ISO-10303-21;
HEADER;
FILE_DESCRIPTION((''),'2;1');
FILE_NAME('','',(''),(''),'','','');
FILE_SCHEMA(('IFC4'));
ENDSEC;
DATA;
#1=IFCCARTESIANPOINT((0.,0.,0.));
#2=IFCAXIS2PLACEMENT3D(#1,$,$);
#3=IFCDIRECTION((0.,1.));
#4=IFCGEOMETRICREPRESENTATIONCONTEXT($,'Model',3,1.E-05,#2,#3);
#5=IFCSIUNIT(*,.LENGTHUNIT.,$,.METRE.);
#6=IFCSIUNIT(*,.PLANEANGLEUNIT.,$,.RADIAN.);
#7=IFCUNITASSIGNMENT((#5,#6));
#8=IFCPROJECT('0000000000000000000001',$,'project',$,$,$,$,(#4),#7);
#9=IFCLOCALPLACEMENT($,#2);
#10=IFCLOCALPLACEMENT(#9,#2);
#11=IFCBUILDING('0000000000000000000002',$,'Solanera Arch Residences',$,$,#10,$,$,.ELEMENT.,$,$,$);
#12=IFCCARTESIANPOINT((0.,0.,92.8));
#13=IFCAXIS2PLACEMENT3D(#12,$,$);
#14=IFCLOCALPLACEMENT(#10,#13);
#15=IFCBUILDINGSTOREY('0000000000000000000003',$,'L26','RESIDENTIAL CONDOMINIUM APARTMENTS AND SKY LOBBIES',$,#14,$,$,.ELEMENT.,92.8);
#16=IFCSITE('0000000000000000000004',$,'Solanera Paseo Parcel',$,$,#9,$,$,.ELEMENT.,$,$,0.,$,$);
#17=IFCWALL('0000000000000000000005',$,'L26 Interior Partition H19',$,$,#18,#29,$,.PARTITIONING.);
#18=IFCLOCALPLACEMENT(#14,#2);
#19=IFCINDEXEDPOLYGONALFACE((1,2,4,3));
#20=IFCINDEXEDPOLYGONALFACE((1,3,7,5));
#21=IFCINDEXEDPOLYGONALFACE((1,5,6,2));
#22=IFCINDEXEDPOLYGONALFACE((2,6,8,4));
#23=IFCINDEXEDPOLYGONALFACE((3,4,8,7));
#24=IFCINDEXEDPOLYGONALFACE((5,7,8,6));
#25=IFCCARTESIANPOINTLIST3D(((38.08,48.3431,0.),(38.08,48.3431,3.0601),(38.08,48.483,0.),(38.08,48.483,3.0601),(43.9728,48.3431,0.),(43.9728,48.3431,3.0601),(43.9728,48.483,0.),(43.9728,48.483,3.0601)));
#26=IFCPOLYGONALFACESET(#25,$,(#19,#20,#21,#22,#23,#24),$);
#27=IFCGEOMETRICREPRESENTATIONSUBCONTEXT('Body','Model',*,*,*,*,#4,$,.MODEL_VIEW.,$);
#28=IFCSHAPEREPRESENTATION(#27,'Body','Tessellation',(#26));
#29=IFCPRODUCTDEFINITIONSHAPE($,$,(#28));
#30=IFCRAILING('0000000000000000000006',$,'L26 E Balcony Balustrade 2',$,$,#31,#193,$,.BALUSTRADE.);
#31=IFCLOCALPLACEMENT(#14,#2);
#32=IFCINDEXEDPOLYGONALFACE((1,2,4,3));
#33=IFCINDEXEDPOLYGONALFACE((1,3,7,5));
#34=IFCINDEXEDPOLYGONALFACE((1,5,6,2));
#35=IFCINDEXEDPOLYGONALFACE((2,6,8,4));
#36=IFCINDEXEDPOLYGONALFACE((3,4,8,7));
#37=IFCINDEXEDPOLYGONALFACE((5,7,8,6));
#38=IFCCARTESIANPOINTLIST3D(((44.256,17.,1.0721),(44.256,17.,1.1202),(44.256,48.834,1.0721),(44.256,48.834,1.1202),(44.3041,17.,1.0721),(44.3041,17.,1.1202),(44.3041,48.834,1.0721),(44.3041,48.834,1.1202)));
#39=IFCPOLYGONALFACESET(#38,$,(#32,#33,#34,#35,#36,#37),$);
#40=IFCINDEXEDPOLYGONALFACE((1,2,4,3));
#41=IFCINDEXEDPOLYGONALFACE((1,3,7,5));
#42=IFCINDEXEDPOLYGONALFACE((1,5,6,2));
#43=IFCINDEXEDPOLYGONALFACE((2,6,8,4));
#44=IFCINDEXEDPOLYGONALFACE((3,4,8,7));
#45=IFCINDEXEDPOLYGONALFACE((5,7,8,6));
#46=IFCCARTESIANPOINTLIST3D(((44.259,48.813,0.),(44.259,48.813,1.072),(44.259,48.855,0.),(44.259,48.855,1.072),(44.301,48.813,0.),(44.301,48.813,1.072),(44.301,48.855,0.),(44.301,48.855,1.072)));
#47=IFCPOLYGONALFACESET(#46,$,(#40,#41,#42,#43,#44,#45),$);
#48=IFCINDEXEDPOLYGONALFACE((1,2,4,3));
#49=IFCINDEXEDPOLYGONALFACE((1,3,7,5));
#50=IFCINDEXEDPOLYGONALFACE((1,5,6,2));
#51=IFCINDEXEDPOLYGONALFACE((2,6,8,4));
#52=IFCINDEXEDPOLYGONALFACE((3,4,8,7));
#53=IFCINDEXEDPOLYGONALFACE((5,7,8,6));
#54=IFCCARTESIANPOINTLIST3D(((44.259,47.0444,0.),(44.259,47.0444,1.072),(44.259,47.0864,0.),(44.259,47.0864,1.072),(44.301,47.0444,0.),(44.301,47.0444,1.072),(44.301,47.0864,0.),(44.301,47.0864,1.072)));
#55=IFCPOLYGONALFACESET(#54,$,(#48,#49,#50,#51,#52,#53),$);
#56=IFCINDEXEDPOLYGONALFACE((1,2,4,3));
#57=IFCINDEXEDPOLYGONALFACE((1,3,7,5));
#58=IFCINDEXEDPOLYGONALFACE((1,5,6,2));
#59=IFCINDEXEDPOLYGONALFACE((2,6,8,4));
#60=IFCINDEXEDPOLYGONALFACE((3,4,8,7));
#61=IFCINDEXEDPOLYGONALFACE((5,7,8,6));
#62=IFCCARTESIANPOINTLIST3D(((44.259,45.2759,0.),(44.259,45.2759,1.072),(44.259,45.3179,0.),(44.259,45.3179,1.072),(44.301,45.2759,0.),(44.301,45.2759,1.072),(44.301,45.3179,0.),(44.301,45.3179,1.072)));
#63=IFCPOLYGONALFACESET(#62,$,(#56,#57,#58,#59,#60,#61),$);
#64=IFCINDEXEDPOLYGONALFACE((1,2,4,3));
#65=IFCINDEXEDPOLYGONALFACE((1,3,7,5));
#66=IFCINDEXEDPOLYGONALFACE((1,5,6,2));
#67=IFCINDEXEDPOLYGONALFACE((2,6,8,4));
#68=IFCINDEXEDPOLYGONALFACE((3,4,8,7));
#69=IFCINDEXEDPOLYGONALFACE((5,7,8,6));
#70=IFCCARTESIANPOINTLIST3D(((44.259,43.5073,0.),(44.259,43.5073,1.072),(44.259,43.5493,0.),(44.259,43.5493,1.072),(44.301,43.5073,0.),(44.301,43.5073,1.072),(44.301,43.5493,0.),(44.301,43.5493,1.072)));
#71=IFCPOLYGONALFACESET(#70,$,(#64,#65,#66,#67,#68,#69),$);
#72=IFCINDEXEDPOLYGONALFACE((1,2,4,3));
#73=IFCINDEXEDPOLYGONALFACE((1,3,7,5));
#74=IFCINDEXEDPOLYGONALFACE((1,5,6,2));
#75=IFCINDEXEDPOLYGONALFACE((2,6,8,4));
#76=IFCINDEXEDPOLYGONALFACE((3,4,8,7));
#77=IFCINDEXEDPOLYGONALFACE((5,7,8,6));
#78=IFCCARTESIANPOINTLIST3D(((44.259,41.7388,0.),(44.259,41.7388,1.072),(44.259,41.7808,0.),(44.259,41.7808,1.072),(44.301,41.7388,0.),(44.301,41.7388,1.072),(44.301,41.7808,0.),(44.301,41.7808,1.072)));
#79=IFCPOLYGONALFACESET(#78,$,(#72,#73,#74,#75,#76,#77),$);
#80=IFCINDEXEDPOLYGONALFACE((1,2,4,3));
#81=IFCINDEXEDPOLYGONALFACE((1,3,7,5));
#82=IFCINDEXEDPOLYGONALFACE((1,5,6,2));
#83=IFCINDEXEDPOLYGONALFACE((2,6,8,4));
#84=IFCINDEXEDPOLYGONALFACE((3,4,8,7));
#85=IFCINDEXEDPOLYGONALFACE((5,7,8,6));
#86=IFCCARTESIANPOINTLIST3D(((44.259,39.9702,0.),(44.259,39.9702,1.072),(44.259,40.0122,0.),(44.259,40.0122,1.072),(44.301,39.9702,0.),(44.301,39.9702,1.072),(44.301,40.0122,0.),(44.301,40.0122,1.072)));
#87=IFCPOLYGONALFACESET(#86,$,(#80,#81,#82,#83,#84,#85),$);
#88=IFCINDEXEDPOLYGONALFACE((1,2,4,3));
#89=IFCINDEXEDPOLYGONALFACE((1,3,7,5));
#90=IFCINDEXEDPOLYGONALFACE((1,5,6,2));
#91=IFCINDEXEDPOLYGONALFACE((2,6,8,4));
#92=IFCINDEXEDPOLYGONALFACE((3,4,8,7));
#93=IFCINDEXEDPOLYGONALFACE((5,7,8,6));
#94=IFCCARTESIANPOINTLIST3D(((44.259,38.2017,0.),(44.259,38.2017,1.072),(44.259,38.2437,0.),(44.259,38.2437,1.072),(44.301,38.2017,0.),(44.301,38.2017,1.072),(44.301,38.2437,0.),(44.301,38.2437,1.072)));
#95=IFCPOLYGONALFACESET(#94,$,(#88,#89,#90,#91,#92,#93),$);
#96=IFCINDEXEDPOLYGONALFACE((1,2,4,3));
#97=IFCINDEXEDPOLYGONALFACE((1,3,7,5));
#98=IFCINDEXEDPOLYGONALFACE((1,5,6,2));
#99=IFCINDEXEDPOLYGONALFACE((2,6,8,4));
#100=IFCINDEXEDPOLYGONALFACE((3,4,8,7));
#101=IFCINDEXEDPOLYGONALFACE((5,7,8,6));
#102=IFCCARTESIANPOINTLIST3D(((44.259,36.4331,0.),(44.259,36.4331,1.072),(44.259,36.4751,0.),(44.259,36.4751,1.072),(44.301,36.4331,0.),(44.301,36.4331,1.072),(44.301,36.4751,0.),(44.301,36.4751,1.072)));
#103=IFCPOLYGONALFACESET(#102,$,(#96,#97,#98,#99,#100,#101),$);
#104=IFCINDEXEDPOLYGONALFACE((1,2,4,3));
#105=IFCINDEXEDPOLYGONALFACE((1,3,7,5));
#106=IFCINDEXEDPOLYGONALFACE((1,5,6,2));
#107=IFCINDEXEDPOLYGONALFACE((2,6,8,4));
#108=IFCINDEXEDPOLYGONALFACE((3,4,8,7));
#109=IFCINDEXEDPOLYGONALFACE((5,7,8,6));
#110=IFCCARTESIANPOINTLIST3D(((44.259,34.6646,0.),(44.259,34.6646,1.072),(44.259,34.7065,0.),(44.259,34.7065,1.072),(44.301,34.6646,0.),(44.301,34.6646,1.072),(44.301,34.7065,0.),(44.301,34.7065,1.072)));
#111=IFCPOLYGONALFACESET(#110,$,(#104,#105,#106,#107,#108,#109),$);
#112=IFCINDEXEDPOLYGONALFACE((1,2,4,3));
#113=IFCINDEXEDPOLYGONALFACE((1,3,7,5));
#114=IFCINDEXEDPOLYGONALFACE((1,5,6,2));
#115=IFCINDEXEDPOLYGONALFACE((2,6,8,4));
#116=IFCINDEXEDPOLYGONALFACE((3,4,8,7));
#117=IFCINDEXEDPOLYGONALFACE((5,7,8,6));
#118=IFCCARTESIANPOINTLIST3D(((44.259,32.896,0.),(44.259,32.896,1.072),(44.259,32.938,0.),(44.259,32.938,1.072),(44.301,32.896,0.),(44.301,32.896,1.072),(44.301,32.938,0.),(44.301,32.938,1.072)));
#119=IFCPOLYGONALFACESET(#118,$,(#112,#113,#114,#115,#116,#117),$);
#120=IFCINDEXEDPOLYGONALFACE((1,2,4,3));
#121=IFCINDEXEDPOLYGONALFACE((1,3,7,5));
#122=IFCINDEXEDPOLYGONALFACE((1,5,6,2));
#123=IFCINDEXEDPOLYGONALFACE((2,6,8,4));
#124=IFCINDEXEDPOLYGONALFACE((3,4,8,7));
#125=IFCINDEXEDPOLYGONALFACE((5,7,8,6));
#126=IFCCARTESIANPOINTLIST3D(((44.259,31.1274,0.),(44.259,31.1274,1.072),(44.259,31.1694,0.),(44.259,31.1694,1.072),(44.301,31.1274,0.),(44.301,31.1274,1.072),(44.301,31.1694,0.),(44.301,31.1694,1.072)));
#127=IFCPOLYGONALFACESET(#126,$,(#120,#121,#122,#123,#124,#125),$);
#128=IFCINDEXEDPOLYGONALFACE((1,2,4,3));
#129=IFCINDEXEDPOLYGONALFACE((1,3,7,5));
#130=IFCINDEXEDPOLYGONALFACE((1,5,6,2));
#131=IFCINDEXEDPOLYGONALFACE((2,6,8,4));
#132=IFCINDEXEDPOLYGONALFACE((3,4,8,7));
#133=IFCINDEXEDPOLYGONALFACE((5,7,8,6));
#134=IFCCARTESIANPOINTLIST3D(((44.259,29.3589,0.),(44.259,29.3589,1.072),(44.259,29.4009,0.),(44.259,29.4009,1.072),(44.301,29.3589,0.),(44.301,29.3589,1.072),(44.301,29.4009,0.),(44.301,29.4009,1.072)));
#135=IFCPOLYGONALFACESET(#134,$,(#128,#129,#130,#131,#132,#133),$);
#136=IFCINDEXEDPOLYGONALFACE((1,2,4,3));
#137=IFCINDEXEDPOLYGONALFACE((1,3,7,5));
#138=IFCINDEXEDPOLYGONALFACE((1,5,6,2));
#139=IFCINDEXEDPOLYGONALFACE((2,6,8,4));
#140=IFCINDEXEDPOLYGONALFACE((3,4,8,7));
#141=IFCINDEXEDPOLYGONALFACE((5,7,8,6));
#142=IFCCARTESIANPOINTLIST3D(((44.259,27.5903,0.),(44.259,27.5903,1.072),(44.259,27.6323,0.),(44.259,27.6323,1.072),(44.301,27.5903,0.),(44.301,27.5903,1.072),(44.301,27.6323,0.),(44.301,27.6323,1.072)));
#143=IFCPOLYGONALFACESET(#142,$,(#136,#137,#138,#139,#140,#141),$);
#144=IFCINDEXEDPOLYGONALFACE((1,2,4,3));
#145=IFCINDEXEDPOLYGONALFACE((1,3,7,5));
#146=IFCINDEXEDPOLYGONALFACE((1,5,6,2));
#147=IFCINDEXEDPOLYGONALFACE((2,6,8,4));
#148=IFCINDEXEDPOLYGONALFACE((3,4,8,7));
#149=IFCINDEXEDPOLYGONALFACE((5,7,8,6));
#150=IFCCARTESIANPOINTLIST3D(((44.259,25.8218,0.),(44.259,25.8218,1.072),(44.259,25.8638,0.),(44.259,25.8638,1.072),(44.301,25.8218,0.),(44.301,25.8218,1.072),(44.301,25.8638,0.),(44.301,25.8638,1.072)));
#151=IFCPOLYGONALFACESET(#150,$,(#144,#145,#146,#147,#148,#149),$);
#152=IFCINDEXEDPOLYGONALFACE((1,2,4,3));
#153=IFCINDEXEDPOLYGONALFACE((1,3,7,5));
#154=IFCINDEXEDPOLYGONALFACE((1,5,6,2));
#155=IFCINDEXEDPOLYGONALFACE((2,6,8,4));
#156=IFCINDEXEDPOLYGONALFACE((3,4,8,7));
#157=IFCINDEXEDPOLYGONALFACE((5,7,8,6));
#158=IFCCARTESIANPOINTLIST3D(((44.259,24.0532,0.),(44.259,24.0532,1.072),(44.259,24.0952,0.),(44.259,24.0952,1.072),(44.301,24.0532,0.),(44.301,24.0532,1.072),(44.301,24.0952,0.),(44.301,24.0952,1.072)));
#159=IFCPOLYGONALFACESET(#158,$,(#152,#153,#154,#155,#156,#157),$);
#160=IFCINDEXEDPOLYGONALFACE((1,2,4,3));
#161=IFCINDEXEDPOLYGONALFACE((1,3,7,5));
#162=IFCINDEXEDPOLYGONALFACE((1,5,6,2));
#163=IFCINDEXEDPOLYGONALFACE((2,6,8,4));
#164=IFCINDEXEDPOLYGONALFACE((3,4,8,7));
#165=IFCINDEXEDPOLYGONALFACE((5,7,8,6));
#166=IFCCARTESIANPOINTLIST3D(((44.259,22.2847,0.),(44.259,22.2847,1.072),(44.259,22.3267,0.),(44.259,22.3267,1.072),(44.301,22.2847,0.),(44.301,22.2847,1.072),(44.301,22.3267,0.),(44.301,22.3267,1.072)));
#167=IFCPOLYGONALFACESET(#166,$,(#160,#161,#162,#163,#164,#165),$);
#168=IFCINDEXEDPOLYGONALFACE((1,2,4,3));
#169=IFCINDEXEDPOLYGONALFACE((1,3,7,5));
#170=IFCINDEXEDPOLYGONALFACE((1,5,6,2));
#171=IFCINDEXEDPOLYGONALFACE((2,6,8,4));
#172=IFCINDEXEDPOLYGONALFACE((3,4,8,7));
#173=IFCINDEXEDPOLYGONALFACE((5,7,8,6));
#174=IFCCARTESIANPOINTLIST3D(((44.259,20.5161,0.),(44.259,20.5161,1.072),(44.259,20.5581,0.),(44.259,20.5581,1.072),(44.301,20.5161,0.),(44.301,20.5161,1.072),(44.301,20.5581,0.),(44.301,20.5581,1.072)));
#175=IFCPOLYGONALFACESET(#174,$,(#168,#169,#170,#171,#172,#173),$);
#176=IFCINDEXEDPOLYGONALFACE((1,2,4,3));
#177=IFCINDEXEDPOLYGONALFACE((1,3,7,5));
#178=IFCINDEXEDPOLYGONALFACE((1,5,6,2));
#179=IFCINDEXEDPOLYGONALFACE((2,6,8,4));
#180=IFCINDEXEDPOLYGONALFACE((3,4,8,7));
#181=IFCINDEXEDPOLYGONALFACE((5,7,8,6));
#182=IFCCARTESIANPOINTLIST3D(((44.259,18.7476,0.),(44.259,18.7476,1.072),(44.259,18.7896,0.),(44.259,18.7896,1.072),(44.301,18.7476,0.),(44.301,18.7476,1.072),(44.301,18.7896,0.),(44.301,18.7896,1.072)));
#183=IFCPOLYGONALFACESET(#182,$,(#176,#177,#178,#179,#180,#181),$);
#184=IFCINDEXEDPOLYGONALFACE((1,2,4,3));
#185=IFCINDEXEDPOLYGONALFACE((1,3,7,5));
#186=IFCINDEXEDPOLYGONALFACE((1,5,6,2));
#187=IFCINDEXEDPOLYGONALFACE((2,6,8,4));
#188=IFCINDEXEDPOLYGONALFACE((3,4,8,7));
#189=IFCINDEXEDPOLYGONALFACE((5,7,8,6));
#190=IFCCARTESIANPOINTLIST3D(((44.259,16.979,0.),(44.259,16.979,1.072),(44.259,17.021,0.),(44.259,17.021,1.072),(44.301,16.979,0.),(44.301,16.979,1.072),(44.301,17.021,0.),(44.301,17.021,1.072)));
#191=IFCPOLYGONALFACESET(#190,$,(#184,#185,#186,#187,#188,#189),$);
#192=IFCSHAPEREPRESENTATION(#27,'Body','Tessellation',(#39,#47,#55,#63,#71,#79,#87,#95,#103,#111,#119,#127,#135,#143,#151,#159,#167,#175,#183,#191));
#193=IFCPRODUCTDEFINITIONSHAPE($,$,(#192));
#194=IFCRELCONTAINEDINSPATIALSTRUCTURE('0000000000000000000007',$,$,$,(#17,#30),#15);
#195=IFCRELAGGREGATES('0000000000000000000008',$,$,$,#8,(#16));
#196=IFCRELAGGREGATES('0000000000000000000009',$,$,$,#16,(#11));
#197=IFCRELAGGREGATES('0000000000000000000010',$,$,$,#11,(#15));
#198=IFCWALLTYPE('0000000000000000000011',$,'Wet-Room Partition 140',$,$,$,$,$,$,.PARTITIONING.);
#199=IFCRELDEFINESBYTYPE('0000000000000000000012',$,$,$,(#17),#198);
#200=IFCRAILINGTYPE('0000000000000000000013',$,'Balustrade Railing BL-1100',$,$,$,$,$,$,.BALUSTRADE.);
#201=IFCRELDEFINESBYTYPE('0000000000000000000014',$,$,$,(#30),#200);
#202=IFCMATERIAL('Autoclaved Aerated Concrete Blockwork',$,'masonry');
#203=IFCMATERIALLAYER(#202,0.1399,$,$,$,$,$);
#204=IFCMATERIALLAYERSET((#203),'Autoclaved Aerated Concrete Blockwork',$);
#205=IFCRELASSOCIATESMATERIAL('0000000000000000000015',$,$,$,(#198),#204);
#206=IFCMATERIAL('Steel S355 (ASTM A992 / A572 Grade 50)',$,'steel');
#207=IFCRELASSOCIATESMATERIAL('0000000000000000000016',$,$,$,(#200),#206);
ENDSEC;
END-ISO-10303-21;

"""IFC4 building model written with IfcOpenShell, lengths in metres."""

from ifc_helpers import new_model, si_unit, direction, frame, frame_2d, origin, origin_2d, place, context, subcontext, project, spatial, rectangle, extrude, material, layer, layer_set, type_object, element, save


model = new_model("IFC4")

# Units and contexts
model_context = context("Model", 3, precision=1e-05, world=origin(), true_north=direction((0.0, 1.0)))
body_context = subcontext(model_context, "Body", "Model", "MODEL_VIEW")
ifc_project = project(units=[si_unit("LENGTHUNIT", "METRE"), si_unit("PLANEANGLEUNIT", "RADIAN")], contexts=[model_context])

# Site, building, storey
site_placement = place(None, origin())
site = spatial("IfcSite", under=ifc_project, at=site_placement, Name="Solanera Paseo Parcel", CompositionType="ELEMENT", RefElevation=0.0)
building_placement = place(site_placement, origin())
building = spatial("IfcBuilding", under=site, at=building_placement, Name="Solanera Arch Residences", CompositionType="ELEMENT")
storey_placement = place(building_placement, frame((0.0, 0.0, 92.8)))
storey = spatial("IfcBuildingStorey", under=building, at=storey_placement, Name="L26", Description="RESIDENTIAL CONDOMINIUM APARTMENTS AND SKY LOBBIES", CompositionType="ELEMENT", Elevation=92.8)

# Wall
ifc_material_1 = material(Name="Autoclaved Aerated Concrete Blockwork", Category="masonry")
ifc_layer_1 = layer(ifc_material_1, 0.1399)
ifc_layer_set_1 = layer_set([ifc_layer_1], Name="Autoclaved Aerated Concrete Blockwork")
wall_type_1 = type_object("IfcWallType", Name="Wet-Room Partition 140", PredefinedType="PARTITIONING", material=ifc_layer_set_1)
wall_1_placement = place(storey_placement, frame((38.0801, 48.4131, 0.0), z_axis=(0.0, 0.0, 1.0), x_axis=(1.0, 0.0, 0.0)))
element("IfcWall", 1, at=wall_1_placement, inside=storey, type_object=wall_type_1, Name="L26 Interior Partition H19", PredefinedType="PARTITIONING", context=body_context, shape_type="SweptSolid", body=[
    extrude(rectangle(XDim=5.8928, YDim=0.1399, at=frame_2d((2.9463, 0.0))), origin(), (0.0, 0.0, 1.0), 3.0601),
])

# Railing
ifc_material_2 = material(Name="Steel S355 (ASTM A992 / A572 Grade 50)", Category="steel")
railing_type = type_object("IfcRailingType", Name="Balustrade Railing BL-1100", PredefinedType="BALUSTRADE", material=ifc_material_2)
railing_1_placement = place(storey_placement, frame((44.28, 48.834, 0.0)))
element("IfcRailing", 2, at=railing_1_placement, inside=storey, type_object=railing_type, Name="L26 E Balcony Balustrade 2", PredefinedType="BALUSTRADE", context=body_context, shape_type="SweptSolid", body=[
    extrude(rectangle(XDim=0.0481, YDim=0.0481, at=origin_2d()), frame((0.0, 0.0, 1.0962), z_axis=(0.0, -1.0, 0.0), x_axis=(1.0, 0.0, 0.0)), (0.0, 0.0, 1.0), 31.834),
    extrude(rectangle(XDim=0.042, YDim=0.042, at=origin_2d()), origin(), (0.0, 0.0, 1.0), 1.072),
    extrude(rectangle(XDim=0.042, YDim=0.042, at=origin_2d()), frame((0.0, -1.7686, 0.0)), (0.0, 0.0, 1.0), 1.072),
    extrude(rectangle(XDim=0.042, YDim=0.042, at=origin_2d()), frame((0.0, -3.5371, 0.0)), (0.0, 0.0, 1.0), 1.072),
    extrude(rectangle(XDim=0.042, YDim=0.042, at=origin_2d()), frame((0.0, -5.3057, 0.0)), (0.0, 0.0, 1.0), 1.072),
    extrude(rectangle(XDim=0.042, YDim=0.042, at=origin_2d()), frame((0.0, -7.0742, 0.0)), (0.0, 0.0, 1.0), 1.072),
    extrude(rectangle(XDim=0.042, YDim=0.042, at=origin_2d()), frame((0.0, -8.8428, 0.0)), (0.0, 0.0, 1.0), 1.072),
    extrude(rectangle(XDim=0.042, YDim=0.042, at=origin_2d()), frame((0.0, -10.6113, 0.0)), (0.0, 0.0, 1.0), 1.072),
    extrude(rectangle(XDim=0.042, YDim=0.042, at=origin_2d()), frame((0.0, -12.3799, 0.0)), (0.0, 0.0, 1.0), 1.072),
    extrude(rectangle(XDim=0.042, YDim=0.042, at=origin_2d()), frame((0.0, -14.1484, 0.0)), (0.0, 0.0, 1.0), 1.072),
    extrude(rectangle(XDim=0.042, YDim=0.042, at=origin_2d()), frame((0.0, -15.917, 0.0)), (0.0, 0.0, 1.0), 1.072),
    extrude(rectangle(XDim=0.042, YDim=0.042, at=origin_2d()), frame((0.0, -17.6855, 0.0)), (0.0, 0.0, 1.0), 1.072),
    extrude(rectangle(XDim=0.042, YDim=0.042, at=origin_2d()), frame((0.0, -19.4541, 0.0)), (0.0, 0.0, 1.0), 1.072),
    extrude(rectangle(XDim=0.042, YDim=0.042, at=origin_2d()), frame((0.0, -21.2227, 0.0)), (0.0, 0.0, 1.0), 1.072),
    extrude(rectangle(XDim=0.042, YDim=0.042, at=origin_2d()), frame((0.0, -22.9912, 0.0)), (0.0, 0.0, 1.0), 1.072),
    extrude(rectangle(XDim=0.042, YDim=0.042, at=origin_2d()), frame((0.0, -24.7598, 0.0)), (0.0, 0.0, 1.0), 1.072),
    extrude(rectangle(XDim=0.042, YDim=0.042, at=origin_2d()), frame((0.0, -26.5283, 0.0)), (0.0, 0.0, 1.0), 1.072),
    extrude(rectangle(XDim=0.042, YDim=0.042, at=origin_2d()), frame((0.0, -28.2969, 0.0)), (0.0, 0.0, 1.0), 1.072),
    extrude(rectangle(XDim=0.042, YDim=0.042, at=origin_2d()), frame((0.0, -30.0654, 0.0)), (0.0, 0.0, 1.0), 1.072),
    extrude(rectangle(XDim=0.042, YDim=0.042, at=origin_2d()), frame((0.0, -31.834, 0.0)), (0.0, 0.0, 1.0), 1.072),
])

save(model, "model.ifc")
